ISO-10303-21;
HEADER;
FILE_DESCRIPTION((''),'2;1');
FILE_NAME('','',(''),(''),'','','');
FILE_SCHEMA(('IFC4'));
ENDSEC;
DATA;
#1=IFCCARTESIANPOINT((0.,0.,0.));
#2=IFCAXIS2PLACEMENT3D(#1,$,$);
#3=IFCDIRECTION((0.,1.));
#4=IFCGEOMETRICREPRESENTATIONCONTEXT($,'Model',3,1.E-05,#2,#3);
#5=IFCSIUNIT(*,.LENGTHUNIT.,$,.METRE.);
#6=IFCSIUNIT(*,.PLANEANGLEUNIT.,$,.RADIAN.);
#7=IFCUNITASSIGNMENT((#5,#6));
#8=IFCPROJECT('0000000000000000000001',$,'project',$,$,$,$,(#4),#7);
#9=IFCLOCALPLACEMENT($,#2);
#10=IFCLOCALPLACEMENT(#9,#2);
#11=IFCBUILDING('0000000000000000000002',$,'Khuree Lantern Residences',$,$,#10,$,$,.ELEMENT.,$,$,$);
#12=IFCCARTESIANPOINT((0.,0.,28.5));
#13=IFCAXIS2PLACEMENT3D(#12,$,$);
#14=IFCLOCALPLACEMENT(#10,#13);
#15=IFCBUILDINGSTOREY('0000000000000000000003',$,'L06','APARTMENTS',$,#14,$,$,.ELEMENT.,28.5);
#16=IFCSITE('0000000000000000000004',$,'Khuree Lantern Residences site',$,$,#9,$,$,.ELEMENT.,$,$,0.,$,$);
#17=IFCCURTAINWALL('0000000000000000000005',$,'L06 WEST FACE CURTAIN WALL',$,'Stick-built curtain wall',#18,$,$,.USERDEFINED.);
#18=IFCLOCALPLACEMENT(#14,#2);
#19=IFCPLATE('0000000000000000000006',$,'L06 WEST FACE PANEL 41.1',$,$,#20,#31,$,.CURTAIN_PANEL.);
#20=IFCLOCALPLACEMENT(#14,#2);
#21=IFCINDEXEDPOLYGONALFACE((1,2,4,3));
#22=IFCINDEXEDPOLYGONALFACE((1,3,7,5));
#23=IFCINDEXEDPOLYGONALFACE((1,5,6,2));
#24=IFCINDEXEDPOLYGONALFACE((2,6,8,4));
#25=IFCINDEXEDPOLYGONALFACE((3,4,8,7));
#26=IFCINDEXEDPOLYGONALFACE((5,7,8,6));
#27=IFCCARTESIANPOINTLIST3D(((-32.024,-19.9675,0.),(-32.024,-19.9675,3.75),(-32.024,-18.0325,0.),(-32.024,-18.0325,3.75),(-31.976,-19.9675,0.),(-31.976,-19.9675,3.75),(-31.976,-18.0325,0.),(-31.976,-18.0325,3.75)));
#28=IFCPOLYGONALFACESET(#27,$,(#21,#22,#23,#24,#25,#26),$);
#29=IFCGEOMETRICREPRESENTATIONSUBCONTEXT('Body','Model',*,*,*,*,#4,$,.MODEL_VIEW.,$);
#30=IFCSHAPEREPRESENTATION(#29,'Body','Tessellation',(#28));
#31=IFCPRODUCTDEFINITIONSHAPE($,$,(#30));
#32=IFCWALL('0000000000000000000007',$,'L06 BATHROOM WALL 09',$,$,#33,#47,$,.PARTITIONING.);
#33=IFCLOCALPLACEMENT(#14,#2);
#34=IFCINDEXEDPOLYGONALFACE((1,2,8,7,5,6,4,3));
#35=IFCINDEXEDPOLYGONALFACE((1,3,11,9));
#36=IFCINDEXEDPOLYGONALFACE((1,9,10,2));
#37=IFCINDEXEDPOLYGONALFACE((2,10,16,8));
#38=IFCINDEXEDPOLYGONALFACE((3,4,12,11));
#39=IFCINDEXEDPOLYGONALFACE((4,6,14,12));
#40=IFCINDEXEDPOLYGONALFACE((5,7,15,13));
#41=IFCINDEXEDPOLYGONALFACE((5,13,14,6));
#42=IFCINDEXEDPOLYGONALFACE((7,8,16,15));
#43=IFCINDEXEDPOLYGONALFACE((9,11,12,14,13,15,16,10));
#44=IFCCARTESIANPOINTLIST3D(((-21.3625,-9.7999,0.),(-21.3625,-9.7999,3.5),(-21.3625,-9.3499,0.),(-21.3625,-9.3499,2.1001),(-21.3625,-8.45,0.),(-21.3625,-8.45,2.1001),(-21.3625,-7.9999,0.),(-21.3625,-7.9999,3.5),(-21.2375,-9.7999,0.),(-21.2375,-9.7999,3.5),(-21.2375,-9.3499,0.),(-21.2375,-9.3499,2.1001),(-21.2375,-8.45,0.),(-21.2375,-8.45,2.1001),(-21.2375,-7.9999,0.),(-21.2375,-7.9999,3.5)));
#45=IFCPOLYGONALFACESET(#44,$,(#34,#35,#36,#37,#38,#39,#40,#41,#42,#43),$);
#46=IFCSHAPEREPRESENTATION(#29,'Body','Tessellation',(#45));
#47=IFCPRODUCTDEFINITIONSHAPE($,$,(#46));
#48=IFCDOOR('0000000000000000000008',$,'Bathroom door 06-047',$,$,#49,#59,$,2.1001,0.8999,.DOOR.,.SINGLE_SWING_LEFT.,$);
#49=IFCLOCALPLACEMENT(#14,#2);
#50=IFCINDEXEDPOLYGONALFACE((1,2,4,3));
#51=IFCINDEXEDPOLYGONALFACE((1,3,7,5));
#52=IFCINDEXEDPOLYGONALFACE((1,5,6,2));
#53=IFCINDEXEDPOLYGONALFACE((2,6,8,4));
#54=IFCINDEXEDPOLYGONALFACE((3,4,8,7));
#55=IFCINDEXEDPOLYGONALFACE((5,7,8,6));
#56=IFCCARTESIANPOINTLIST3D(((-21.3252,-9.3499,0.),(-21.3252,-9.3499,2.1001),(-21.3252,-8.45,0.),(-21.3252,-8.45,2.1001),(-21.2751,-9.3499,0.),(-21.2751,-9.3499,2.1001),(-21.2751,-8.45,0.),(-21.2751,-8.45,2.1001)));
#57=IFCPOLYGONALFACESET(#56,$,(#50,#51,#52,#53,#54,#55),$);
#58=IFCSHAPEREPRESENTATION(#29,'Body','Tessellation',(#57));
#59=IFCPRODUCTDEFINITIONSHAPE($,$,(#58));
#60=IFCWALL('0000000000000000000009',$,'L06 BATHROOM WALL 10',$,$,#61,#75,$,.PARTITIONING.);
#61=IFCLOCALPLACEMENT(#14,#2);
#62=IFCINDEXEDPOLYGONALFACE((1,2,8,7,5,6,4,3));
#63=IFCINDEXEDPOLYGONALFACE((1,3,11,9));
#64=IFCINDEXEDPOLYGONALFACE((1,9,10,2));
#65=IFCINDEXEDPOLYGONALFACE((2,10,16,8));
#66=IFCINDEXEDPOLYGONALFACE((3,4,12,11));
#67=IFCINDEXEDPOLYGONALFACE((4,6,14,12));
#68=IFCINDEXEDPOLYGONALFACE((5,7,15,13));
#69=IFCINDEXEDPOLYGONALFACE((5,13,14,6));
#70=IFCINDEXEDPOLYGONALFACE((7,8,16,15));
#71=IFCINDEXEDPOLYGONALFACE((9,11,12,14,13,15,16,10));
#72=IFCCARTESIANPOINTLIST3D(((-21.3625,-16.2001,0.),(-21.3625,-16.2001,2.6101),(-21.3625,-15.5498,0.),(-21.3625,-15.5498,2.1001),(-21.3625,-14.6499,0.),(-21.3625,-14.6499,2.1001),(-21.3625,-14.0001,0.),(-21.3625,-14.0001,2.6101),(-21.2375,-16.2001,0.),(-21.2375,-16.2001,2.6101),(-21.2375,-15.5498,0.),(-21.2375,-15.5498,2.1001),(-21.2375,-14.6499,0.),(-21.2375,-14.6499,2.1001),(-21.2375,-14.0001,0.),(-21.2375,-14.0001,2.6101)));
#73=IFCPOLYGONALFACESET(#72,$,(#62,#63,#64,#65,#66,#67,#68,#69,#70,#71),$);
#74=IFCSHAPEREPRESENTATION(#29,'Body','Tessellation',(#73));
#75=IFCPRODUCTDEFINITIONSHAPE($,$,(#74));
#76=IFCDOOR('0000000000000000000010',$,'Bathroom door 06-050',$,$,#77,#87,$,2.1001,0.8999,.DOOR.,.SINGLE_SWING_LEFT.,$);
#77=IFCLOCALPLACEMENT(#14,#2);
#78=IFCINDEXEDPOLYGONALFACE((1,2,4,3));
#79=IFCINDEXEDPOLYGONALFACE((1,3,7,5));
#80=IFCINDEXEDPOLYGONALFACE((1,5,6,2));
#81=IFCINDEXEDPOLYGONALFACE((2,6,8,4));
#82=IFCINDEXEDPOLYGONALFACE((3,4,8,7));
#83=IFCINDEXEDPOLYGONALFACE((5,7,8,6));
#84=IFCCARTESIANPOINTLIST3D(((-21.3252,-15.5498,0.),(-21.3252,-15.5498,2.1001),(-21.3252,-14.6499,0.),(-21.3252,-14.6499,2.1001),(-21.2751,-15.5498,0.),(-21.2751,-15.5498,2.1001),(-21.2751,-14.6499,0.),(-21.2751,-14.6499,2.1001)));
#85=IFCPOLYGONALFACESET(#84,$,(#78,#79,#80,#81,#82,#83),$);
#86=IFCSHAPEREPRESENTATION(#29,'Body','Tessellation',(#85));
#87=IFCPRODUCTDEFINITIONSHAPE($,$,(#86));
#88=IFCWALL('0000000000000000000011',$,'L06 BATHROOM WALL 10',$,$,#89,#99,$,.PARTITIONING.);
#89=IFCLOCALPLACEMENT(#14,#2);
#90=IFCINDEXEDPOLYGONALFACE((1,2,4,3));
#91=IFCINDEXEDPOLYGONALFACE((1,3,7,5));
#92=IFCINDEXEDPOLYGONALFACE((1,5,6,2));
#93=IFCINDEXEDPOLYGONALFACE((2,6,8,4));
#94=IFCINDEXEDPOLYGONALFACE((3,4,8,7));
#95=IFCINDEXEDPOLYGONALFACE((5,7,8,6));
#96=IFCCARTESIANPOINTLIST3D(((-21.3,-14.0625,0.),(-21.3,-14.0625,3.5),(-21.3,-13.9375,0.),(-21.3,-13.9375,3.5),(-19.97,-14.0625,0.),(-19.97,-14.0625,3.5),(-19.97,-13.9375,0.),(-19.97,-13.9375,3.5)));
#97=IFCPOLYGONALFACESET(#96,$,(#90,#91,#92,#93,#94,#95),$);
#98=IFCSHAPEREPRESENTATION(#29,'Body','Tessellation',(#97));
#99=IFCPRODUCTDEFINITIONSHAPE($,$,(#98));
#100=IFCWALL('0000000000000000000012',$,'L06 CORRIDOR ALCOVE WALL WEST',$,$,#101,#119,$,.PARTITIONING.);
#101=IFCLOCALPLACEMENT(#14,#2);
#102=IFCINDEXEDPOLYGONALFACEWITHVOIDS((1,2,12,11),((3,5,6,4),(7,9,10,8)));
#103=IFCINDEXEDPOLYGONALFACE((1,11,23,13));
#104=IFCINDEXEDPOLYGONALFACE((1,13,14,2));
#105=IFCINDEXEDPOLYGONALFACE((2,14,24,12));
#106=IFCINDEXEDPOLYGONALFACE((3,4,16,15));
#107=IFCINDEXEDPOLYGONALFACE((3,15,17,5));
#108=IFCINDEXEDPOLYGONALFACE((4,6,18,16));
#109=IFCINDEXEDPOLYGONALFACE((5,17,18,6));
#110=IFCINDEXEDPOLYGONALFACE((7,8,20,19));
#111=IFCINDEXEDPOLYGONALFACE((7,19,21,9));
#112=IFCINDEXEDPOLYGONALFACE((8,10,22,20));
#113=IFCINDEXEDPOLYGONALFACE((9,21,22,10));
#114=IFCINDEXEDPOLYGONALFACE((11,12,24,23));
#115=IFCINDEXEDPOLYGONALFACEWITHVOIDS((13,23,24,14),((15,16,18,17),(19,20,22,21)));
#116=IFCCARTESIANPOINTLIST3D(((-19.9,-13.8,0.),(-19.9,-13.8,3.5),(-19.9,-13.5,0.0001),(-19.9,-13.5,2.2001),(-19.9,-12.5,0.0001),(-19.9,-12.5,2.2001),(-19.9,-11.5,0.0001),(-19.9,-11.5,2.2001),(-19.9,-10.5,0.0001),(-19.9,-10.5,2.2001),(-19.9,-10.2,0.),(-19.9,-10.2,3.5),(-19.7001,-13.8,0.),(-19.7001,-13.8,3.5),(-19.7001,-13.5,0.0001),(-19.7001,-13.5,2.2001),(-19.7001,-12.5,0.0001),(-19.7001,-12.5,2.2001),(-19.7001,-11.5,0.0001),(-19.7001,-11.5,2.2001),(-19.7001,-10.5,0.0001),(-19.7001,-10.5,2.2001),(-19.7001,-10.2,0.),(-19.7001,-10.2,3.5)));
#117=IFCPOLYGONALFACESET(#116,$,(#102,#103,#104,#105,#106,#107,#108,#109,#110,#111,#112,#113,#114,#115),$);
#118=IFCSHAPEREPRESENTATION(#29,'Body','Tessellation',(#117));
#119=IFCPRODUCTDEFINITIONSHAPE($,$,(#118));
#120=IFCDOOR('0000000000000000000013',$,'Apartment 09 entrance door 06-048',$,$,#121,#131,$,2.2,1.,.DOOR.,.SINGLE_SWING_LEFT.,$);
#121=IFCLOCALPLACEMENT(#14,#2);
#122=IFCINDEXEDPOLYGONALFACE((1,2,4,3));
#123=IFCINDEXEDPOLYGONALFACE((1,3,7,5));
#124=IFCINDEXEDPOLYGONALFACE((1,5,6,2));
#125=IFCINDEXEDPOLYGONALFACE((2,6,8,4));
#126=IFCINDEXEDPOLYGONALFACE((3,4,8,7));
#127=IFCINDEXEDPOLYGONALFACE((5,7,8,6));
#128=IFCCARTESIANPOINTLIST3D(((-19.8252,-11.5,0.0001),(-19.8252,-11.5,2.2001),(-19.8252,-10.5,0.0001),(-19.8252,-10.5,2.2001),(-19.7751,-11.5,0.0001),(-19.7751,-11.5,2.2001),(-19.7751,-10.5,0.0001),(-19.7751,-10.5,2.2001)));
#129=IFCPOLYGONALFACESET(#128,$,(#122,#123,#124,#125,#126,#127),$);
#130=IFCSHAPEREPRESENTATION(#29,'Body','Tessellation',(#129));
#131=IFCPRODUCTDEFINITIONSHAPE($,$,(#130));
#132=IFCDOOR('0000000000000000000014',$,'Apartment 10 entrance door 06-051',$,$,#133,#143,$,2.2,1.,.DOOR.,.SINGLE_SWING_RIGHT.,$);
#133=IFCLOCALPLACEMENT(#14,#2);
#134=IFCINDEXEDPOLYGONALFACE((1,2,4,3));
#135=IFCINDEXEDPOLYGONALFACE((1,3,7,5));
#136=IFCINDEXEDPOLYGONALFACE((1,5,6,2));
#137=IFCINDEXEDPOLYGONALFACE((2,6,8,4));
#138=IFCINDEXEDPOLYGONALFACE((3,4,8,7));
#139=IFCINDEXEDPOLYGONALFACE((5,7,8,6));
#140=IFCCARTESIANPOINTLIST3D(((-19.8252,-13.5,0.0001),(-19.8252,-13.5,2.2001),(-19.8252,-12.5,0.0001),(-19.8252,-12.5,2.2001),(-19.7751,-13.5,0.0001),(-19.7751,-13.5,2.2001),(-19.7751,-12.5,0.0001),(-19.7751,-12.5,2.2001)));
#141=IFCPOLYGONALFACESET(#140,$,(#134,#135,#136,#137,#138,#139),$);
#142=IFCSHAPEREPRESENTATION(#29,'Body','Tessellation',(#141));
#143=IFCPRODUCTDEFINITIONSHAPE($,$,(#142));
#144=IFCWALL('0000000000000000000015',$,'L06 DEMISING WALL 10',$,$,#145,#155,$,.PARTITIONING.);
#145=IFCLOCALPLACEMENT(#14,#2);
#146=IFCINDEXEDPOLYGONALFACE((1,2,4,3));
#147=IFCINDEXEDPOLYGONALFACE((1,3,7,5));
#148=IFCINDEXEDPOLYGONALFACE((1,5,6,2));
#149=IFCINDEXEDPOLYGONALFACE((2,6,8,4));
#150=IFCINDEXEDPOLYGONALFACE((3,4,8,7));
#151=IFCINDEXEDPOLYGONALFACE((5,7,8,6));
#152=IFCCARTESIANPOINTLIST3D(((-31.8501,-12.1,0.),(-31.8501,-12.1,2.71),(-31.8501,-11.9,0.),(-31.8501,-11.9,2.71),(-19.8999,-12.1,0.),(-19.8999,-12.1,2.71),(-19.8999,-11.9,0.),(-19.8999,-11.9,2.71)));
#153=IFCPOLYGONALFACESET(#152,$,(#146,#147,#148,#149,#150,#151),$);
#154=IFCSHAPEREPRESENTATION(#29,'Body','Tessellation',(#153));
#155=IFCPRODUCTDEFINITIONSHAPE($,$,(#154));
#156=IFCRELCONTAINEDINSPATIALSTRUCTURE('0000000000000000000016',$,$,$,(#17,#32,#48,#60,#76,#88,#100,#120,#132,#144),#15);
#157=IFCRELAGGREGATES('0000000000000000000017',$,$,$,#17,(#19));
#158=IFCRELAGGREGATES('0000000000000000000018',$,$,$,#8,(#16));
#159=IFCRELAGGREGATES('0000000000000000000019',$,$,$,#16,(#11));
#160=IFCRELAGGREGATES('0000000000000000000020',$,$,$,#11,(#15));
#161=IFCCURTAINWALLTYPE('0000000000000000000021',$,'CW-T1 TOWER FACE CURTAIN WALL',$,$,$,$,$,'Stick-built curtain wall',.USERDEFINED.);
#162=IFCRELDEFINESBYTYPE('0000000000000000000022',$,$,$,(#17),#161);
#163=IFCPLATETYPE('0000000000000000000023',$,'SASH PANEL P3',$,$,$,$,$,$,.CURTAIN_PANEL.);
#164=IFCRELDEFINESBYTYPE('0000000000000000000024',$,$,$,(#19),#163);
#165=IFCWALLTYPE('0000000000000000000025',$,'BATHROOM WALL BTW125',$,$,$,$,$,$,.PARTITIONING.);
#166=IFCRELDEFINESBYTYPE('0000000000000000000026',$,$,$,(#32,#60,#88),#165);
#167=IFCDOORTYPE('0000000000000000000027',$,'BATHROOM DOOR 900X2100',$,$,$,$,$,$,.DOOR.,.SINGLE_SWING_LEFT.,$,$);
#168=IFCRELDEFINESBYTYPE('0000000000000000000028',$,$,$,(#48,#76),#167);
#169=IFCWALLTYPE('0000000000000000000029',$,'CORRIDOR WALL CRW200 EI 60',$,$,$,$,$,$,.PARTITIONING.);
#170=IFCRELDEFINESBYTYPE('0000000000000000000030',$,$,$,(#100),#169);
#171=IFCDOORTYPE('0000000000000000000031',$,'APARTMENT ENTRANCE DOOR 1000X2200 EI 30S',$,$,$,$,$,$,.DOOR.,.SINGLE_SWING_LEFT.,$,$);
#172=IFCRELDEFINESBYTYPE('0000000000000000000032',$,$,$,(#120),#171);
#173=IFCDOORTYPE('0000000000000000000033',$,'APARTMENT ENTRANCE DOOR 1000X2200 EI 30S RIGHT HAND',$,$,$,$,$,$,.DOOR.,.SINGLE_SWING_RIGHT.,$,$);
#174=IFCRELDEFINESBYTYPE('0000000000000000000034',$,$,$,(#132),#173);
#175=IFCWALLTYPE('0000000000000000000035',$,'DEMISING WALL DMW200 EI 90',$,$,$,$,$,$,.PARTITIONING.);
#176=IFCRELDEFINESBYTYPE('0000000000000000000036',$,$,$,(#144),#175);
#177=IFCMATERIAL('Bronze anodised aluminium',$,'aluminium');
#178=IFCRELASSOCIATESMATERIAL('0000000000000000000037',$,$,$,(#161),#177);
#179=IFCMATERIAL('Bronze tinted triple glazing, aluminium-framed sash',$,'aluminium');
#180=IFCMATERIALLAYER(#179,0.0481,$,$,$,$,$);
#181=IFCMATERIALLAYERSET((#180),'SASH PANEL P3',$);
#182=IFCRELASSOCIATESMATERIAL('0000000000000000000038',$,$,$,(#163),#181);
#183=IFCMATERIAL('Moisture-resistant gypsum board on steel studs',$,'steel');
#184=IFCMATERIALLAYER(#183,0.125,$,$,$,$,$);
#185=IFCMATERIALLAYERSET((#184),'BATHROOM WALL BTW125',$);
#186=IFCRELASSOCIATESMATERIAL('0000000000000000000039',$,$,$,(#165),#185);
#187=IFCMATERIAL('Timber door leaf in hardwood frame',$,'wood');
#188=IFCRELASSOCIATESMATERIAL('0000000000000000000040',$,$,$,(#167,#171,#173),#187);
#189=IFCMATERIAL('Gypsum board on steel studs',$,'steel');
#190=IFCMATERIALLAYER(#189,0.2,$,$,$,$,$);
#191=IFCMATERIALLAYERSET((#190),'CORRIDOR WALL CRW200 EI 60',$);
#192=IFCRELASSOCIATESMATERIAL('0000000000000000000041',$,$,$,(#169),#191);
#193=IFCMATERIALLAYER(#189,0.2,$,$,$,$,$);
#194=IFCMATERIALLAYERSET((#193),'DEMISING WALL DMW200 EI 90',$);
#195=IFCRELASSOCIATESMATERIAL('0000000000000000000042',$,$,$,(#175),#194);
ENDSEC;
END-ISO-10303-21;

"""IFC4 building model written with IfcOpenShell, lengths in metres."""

from ifc_helpers import new_model, si_unit, direction, frame, frame_2d, origin, origin_2d, place, context, subcontext, project, spatial, rectangle, extrude, material, layer, layer_set, type_object, element, fill, aggregate, save


model = new_model("IFC4")

# Units and contexts
model_context = context("Model", 3, precision=1e-05, world=origin(), true_north=direction((0.0, 1.0)))
body_context = subcontext(model_context, "Body", "Model", "MODEL_VIEW")
ifc_project = project(units=[si_unit("LENGTHUNIT", "METRE"), si_unit("PLANEANGLEUNIT", "RADIAN")], contexts=[model_context])

# Site, building, storey
site_placement = place(None, origin())
site = spatial("IfcSite", under=ifc_project, at=site_placement, Name="Khuree Lantern Residences site", CompositionType="ELEMENT", RefElevation=0.0)
building_placement = place(site_placement, origin())
building = spatial("IfcBuilding", under=site, at=building_placement, Name="Khuree Lantern Residences", CompositionType="ELEMENT")
storey_placement = place(building_placement, frame((0.0, 0.0, 28.5)))
storey = spatial("IfcBuildingStorey", under=building, at=storey_placement, Name="L06", Description="APARTMENTS", CompositionType="ELEMENT", Elevation=28.5)

# Curtain wall
ifc_material_1 = material(Name="Bronze anodised aluminium", Category="aluminium")
curtain_wall_type = type_object("IfcCurtainWallType", Name="CW-T1 TOWER FACE CURTAIN WALL", ElementType="Stick-built curtain wall", PredefinedType="USERDEFINED", material=ifc_material_1)
curtain_wall_placement = place(storey_placement, origin())
curtain_wall = element("IfcCurtainWall", 1, at=curtain_wall_placement, inside=storey, type_object=curtain_wall_type, Name="L06 WEST FACE CURTAIN WALL", ObjectType="Stick-built curtain wall", PredefinedType="USERDEFINED")

# Plate
ifc_material_2 = material(Name="Bronze tinted triple glazing, aluminium-framed sash", Category="aluminium")
ifc_layer_1 = layer(ifc_material_2, 0.0481)
ifc_layer_set_1 = layer_set([ifc_layer_1], Name="SASH PANEL P3")
plate_type_1 = type_object("IfcPlateType", Name="SASH PANEL P3", PredefinedType="CURTAIN_PANEL", material=ifc_layer_set_1)
plate_1_placement = place(storey_placement, frame((-32.0, -19.0, 0.0), z_axis=(0.0, 0.0, 1.0), x_axis=(0.0, -1.0, 0.0)))
plate_1 = element("IfcPlate", 2, at=plate_1_placement, type_object=plate_type_1, Name="L06 WEST FACE PANEL 41.1", PredefinedType="CURTAIN_PANEL", context=body_context, shape_type="SweptSolid", body=[
    extrude(rectangle(XDim=1.9351, YDim=0.0481, at=origin_2d()), origin(), (0.0, 0.0, 1.0), 3.75),
])
aggregate(curtain_wall, [plate_1])

# Walls, openings, doors
ifc_material_3 = material(Name="Moisture-resistant gypsum board on steel studs", Category="steel")
ifc_layer_2 = layer(ifc_material_3, 0.125)
ifc_layer_set_2 = layer_set([ifc_layer_2], Name="BATHROOM WALL BTW125")
wall_type_1 = type_object("IfcWallType", Name="BATHROOM WALL BTW125", PredefinedType="PARTITIONING", material=ifc_layer_set_2)
wall_1_placement = place(storey_placement, frame((-21.3, -8.0, 0.0), z_axis=(0.0, 0.0, 1.0), x_axis=(0.0, -1.0, 0.0)))
wall_1 = element("IfcWall", 3, at=wall_1_placement, inside=storey, type_object=wall_type_1, Name="L06 BATHROOM WALL 09", PredefinedType="PARTITIONING", context=body_context, shape_type="SweptSolid", body=[
    extrude(rectangle(XDim=1.8, YDim=0.125, at=frame_2d((0.8999, 0.0))), origin(), (0.0, 0.0, 1.0), 3.5),
])
opening_1_placement = place(wall_1_placement, frame((0.45, 0.0, 0.0)))
opening_1 = element("IfcOpeningElement", 4, at=opening_1_placement, cuts=wall_1, PredefinedType="OPENING", context=body_context, shape_type="SweptSolid", body=[
    extrude(rectangle(XDim=0.8999, YDim=2.1001, at=frame_2d((0.45, 1.05))), frame((0.0, 0.0725, 0.0), z_axis=(0.0, -1.0, 0.0), x_axis=(1.0, 0.0, 0.0)), (0.0, 0.0, 1.0), 0.145),
])
ifc_material_4 = material(Name="Timber door leaf in hardwood frame", Category="wood")
door_type_1 = type_object("IfcDoorType", Name="BATHROOM DOOR 900X2100", OperationType="SINGLE_SWING_LEFT", PredefinedType="DOOR", material=ifc_material_4)
door_1_placement = place(opening_1_placement, origin())
door_1 = element("IfcDoor", 5, at=door_1_placement, inside=storey, type_object=door_type_1, Name="Bathroom door 06-047", OperationType="SINGLE_SWING_LEFT", OverallHeight=2.1001, OverallWidth=0.8999, PredefinedType="DOOR", context=body_context, shape_type="SweptSolid", body=[
    extrude(rectangle(XDim=0.8999, YDim=2.1001, at=frame_2d((0.45, 1.05))), frame((0.0, 0.0249, 0.0), z_axis=(0.0, -1.0, 0.0), x_axis=(1.0, 0.0, 0.0)), (0.0, 0.0, 1.0), 0.05),
])
fill(opening_1, door_1)
wall_2_placement = place(storey_placement, frame((-21.3, -14.0, 0.0), z_axis=(0.0, 0.0, 1.0), x_axis=(0.0, -1.0, 0.0)))
wall_2 = element("IfcWall", 6, at=wall_2_placement, inside=storey, type_object=wall_type_1, Name="L06 BATHROOM WALL 10", PredefinedType="PARTITIONING", context=body_context, shape_type="SweptSolid", body=[
    extrude(rectangle(XDim=2.2, YDim=0.125, at=frame_2d((1.1001, 0.0))), origin(), (0.0, 0.0, 1.0), 2.6101),
])
opening_2_placement = place(wall_2_placement, frame((0.6499, 0.0, 0.0)))
opening_2 = element("IfcOpeningElement", 7, at=opening_2_placement, cuts=wall_2, PredefinedType="OPENING", context=body_context, shape_type="SweptSolid", body=[
    extrude(rectangle(XDim=0.8999, YDim=2.1001, at=frame_2d((0.45, 1.05))), frame((0.0, 0.0725, 0.0), z_axis=(0.0, -1.0, 0.0), x_axis=(1.0, 0.0, 0.0)), (0.0, 0.0, 1.0), 0.145),
])
door_2_placement = place(opening_2_placement, origin())
door_2 = element("IfcDoor", 8, at=door_2_placement, inside=storey, type_object=door_type_1, Name="Bathroom door 06-050", OperationType="SINGLE_SWING_LEFT", OverallHeight=2.1001, OverallWidth=0.8999, PredefinedType="DOOR", context=body_context, shape_type="SweptSolid", body=[
    extrude(rectangle(XDim=0.8999, YDim=2.1001, at=frame_2d((0.45, 1.05))), frame((0.0, 0.0249, 0.0), z_axis=(0.0, -1.0, 0.0), x_axis=(1.0, 0.0, 0.0)), (0.0, 0.0, 1.0), 0.05),
])
fill(opening_2, door_2)

# Wall
wall_3_placement = place(storey_placement, frame((-19.97, -14.0, 0.0), z_axis=(0.0, 0.0, 1.0), x_axis=(-1.0, 0.0, 0.0)))
element("IfcWall", 9, at=wall_3_placement, inside=storey, type_object=wall_type_1, Name="L06 BATHROOM WALL 10", PredefinedType="PARTITIONING", context=body_context, shape_type="SweptSolid", body=[
    extrude(rectangle(XDim=1.3301, YDim=0.125, at=frame_2d((0.665, 0.0))), origin(), (0.0, 0.0, 1.0), 3.5),
])

# Wall, openings, doors
ifc_material_5 = material(Name="Gypsum board on steel studs", Category="steel")
ifc_layer_3 = layer(ifc_material_5, 0.2)
ifc_layer_set_3 = layer_set([ifc_layer_3], Name="CORRIDOR WALL CRW200 EI 60")
wall_type_2 = type_object("IfcWallType", Name="CORRIDOR WALL CRW200 EI 60", PredefinedType="PARTITIONING", material=ifc_layer_set_3)
wall_4_placement = place(storey_placement, frame((-19.8, -10.2, 0.0), z_axis=(0.0, 0.0, 1.0), x_axis=(0.0, -1.0, 0.0)))
wall_4 = element("IfcWall", 10, at=wall_4_placement, inside=storey, type_object=wall_type_2, Name="L06 CORRIDOR ALCOVE WALL WEST", PredefinedType="PARTITIONING", context=body_context, shape_type="SweptSolid", body=[
    extrude(rectangle(XDim=3.6001, YDim=0.2, at=frame_2d((1.8, 0.0))), origin(), (0.0, 0.0, 1.0), 3.5),
])
opening_3_placement = place(wall_4_placement, frame((0.3, 0.0, 0.0)))
opening_3 = element("IfcOpeningElement", 11, at=opening_3_placement, cuts=wall_4, PredefinedType="OPENING", context=body_context, shape_type="SweptSolid", body=[
    extrude(rectangle(XDim=1.0, YDim=2.2, at=frame_2d((0.5, 1.1001))), frame((0.0, 0.1099, 0.0), z_axis=(0.0, -1.0, 0.0), x_axis=(1.0, 0.0, 0.0)), (0.0, 0.0, 1.0), 0.22),
])
opening_4_placement = place(wall_4_placement, frame((2.3, 0.0, 0.0)))
opening_4 = element("IfcOpeningElement", 12, at=opening_4_placement, cuts=wall_4, PredefinedType="OPENING", context=body_context, shape_type="SweptSolid", body=[
    extrude(rectangle(XDim=1.0, YDim=2.2, at=frame_2d((0.5, 1.1001))), frame((0.0, 0.1099, 0.0), z_axis=(0.0, -1.0, 0.0), x_axis=(1.0, 0.0, 0.0)), (0.0, 0.0, 1.0), 0.22),
])
door_type_2 = type_object("IfcDoorType", Name="APARTMENT ENTRANCE DOOR 1000X2200 EI 30S", OperationType="SINGLE_SWING_LEFT", PredefinedType="DOOR", material=ifc_material_4)
door_3_placement = place(opening_3_placement, origin())
door_3 = element("IfcDoor", 13, at=door_3_placement, inside=storey, type_object=door_type_2, Name="Apartment 09 entrance door 06-048", OperationType="SINGLE_SWING_LEFT", OverallHeight=2.2, OverallWidth=1.0, PredefinedType="DOOR", context=body_context, shape_type="SweptSolid", body=[
    extrude(rectangle(XDim=1.0, YDim=2.2, at=frame_2d((0.5, 1.1001))), frame((0.0, 0.0249, 0.0), z_axis=(0.0, -1.0, 0.0), x_axis=(1.0, 0.0, 0.0)), (0.0, 0.0, 1.0), 0.05),
])
fill(opening_3, door_3)
door_type_3 = type_object("IfcDoorType", Name="APARTMENT ENTRANCE DOOR 1000X2200 EI 30S RIGHT HAND", OperationType="SINGLE_SWING_RIGHT", PredefinedType="DOOR", material=ifc_material_4)
door_4_placement = place(opening_4_placement, origin())
door_4 = element("IfcDoor", 14, at=door_4_placement, inside=storey, type_object=door_type_3, Name="Apartment 10 entrance door 06-051", OperationType="SINGLE_SWING_RIGHT", OverallHeight=2.2, OverallWidth=1.0, PredefinedType="DOOR", context=body_context, shape_type="SweptSolid", body=[
    extrude(rectangle(XDim=1.0, YDim=2.2, at=frame_2d((0.5, 1.1001))), frame((0.0, 0.0249, 0.0), z_axis=(0.0, -1.0, 0.0), x_axis=(1.0, 0.0, 0.0)), (0.0, 0.0, 1.0), 0.05),
])
fill(opening_4, door_4)

# Wall
ifc_layer_4 = layer(ifc_material_5, 0.2)
ifc_layer_set_4 = layer_set([ifc_layer_4], Name="DEMISING WALL DMW200 EI 90")
wall_type_3 = type_object("IfcWallType", Name="DEMISING WALL DMW200 EI 90", PredefinedType="PARTITIONING", material=ifc_layer_set_4)
wall_5_placement = place(storey_placement, frame((-19.8999, -12.0, 0.0), z_axis=(0.0, 0.0, 1.0), x_axis=(-1.0, 0.0, 0.0)))
element("IfcWall", 15, at=wall_5_placement, inside=storey, type_object=wall_type_3, Name="L06 DEMISING WALL 10", PredefinedType="PARTITIONING", context=body_context, shape_type="SweptSolid", body=[
    extrude(rectangle(XDim=11.9502, YDim=0.2, at=frame_2d((5.9751, 0.0))), origin(), (0.0, 0.0, 1.0), 2.71),
])

save(model, "model.ifc")
